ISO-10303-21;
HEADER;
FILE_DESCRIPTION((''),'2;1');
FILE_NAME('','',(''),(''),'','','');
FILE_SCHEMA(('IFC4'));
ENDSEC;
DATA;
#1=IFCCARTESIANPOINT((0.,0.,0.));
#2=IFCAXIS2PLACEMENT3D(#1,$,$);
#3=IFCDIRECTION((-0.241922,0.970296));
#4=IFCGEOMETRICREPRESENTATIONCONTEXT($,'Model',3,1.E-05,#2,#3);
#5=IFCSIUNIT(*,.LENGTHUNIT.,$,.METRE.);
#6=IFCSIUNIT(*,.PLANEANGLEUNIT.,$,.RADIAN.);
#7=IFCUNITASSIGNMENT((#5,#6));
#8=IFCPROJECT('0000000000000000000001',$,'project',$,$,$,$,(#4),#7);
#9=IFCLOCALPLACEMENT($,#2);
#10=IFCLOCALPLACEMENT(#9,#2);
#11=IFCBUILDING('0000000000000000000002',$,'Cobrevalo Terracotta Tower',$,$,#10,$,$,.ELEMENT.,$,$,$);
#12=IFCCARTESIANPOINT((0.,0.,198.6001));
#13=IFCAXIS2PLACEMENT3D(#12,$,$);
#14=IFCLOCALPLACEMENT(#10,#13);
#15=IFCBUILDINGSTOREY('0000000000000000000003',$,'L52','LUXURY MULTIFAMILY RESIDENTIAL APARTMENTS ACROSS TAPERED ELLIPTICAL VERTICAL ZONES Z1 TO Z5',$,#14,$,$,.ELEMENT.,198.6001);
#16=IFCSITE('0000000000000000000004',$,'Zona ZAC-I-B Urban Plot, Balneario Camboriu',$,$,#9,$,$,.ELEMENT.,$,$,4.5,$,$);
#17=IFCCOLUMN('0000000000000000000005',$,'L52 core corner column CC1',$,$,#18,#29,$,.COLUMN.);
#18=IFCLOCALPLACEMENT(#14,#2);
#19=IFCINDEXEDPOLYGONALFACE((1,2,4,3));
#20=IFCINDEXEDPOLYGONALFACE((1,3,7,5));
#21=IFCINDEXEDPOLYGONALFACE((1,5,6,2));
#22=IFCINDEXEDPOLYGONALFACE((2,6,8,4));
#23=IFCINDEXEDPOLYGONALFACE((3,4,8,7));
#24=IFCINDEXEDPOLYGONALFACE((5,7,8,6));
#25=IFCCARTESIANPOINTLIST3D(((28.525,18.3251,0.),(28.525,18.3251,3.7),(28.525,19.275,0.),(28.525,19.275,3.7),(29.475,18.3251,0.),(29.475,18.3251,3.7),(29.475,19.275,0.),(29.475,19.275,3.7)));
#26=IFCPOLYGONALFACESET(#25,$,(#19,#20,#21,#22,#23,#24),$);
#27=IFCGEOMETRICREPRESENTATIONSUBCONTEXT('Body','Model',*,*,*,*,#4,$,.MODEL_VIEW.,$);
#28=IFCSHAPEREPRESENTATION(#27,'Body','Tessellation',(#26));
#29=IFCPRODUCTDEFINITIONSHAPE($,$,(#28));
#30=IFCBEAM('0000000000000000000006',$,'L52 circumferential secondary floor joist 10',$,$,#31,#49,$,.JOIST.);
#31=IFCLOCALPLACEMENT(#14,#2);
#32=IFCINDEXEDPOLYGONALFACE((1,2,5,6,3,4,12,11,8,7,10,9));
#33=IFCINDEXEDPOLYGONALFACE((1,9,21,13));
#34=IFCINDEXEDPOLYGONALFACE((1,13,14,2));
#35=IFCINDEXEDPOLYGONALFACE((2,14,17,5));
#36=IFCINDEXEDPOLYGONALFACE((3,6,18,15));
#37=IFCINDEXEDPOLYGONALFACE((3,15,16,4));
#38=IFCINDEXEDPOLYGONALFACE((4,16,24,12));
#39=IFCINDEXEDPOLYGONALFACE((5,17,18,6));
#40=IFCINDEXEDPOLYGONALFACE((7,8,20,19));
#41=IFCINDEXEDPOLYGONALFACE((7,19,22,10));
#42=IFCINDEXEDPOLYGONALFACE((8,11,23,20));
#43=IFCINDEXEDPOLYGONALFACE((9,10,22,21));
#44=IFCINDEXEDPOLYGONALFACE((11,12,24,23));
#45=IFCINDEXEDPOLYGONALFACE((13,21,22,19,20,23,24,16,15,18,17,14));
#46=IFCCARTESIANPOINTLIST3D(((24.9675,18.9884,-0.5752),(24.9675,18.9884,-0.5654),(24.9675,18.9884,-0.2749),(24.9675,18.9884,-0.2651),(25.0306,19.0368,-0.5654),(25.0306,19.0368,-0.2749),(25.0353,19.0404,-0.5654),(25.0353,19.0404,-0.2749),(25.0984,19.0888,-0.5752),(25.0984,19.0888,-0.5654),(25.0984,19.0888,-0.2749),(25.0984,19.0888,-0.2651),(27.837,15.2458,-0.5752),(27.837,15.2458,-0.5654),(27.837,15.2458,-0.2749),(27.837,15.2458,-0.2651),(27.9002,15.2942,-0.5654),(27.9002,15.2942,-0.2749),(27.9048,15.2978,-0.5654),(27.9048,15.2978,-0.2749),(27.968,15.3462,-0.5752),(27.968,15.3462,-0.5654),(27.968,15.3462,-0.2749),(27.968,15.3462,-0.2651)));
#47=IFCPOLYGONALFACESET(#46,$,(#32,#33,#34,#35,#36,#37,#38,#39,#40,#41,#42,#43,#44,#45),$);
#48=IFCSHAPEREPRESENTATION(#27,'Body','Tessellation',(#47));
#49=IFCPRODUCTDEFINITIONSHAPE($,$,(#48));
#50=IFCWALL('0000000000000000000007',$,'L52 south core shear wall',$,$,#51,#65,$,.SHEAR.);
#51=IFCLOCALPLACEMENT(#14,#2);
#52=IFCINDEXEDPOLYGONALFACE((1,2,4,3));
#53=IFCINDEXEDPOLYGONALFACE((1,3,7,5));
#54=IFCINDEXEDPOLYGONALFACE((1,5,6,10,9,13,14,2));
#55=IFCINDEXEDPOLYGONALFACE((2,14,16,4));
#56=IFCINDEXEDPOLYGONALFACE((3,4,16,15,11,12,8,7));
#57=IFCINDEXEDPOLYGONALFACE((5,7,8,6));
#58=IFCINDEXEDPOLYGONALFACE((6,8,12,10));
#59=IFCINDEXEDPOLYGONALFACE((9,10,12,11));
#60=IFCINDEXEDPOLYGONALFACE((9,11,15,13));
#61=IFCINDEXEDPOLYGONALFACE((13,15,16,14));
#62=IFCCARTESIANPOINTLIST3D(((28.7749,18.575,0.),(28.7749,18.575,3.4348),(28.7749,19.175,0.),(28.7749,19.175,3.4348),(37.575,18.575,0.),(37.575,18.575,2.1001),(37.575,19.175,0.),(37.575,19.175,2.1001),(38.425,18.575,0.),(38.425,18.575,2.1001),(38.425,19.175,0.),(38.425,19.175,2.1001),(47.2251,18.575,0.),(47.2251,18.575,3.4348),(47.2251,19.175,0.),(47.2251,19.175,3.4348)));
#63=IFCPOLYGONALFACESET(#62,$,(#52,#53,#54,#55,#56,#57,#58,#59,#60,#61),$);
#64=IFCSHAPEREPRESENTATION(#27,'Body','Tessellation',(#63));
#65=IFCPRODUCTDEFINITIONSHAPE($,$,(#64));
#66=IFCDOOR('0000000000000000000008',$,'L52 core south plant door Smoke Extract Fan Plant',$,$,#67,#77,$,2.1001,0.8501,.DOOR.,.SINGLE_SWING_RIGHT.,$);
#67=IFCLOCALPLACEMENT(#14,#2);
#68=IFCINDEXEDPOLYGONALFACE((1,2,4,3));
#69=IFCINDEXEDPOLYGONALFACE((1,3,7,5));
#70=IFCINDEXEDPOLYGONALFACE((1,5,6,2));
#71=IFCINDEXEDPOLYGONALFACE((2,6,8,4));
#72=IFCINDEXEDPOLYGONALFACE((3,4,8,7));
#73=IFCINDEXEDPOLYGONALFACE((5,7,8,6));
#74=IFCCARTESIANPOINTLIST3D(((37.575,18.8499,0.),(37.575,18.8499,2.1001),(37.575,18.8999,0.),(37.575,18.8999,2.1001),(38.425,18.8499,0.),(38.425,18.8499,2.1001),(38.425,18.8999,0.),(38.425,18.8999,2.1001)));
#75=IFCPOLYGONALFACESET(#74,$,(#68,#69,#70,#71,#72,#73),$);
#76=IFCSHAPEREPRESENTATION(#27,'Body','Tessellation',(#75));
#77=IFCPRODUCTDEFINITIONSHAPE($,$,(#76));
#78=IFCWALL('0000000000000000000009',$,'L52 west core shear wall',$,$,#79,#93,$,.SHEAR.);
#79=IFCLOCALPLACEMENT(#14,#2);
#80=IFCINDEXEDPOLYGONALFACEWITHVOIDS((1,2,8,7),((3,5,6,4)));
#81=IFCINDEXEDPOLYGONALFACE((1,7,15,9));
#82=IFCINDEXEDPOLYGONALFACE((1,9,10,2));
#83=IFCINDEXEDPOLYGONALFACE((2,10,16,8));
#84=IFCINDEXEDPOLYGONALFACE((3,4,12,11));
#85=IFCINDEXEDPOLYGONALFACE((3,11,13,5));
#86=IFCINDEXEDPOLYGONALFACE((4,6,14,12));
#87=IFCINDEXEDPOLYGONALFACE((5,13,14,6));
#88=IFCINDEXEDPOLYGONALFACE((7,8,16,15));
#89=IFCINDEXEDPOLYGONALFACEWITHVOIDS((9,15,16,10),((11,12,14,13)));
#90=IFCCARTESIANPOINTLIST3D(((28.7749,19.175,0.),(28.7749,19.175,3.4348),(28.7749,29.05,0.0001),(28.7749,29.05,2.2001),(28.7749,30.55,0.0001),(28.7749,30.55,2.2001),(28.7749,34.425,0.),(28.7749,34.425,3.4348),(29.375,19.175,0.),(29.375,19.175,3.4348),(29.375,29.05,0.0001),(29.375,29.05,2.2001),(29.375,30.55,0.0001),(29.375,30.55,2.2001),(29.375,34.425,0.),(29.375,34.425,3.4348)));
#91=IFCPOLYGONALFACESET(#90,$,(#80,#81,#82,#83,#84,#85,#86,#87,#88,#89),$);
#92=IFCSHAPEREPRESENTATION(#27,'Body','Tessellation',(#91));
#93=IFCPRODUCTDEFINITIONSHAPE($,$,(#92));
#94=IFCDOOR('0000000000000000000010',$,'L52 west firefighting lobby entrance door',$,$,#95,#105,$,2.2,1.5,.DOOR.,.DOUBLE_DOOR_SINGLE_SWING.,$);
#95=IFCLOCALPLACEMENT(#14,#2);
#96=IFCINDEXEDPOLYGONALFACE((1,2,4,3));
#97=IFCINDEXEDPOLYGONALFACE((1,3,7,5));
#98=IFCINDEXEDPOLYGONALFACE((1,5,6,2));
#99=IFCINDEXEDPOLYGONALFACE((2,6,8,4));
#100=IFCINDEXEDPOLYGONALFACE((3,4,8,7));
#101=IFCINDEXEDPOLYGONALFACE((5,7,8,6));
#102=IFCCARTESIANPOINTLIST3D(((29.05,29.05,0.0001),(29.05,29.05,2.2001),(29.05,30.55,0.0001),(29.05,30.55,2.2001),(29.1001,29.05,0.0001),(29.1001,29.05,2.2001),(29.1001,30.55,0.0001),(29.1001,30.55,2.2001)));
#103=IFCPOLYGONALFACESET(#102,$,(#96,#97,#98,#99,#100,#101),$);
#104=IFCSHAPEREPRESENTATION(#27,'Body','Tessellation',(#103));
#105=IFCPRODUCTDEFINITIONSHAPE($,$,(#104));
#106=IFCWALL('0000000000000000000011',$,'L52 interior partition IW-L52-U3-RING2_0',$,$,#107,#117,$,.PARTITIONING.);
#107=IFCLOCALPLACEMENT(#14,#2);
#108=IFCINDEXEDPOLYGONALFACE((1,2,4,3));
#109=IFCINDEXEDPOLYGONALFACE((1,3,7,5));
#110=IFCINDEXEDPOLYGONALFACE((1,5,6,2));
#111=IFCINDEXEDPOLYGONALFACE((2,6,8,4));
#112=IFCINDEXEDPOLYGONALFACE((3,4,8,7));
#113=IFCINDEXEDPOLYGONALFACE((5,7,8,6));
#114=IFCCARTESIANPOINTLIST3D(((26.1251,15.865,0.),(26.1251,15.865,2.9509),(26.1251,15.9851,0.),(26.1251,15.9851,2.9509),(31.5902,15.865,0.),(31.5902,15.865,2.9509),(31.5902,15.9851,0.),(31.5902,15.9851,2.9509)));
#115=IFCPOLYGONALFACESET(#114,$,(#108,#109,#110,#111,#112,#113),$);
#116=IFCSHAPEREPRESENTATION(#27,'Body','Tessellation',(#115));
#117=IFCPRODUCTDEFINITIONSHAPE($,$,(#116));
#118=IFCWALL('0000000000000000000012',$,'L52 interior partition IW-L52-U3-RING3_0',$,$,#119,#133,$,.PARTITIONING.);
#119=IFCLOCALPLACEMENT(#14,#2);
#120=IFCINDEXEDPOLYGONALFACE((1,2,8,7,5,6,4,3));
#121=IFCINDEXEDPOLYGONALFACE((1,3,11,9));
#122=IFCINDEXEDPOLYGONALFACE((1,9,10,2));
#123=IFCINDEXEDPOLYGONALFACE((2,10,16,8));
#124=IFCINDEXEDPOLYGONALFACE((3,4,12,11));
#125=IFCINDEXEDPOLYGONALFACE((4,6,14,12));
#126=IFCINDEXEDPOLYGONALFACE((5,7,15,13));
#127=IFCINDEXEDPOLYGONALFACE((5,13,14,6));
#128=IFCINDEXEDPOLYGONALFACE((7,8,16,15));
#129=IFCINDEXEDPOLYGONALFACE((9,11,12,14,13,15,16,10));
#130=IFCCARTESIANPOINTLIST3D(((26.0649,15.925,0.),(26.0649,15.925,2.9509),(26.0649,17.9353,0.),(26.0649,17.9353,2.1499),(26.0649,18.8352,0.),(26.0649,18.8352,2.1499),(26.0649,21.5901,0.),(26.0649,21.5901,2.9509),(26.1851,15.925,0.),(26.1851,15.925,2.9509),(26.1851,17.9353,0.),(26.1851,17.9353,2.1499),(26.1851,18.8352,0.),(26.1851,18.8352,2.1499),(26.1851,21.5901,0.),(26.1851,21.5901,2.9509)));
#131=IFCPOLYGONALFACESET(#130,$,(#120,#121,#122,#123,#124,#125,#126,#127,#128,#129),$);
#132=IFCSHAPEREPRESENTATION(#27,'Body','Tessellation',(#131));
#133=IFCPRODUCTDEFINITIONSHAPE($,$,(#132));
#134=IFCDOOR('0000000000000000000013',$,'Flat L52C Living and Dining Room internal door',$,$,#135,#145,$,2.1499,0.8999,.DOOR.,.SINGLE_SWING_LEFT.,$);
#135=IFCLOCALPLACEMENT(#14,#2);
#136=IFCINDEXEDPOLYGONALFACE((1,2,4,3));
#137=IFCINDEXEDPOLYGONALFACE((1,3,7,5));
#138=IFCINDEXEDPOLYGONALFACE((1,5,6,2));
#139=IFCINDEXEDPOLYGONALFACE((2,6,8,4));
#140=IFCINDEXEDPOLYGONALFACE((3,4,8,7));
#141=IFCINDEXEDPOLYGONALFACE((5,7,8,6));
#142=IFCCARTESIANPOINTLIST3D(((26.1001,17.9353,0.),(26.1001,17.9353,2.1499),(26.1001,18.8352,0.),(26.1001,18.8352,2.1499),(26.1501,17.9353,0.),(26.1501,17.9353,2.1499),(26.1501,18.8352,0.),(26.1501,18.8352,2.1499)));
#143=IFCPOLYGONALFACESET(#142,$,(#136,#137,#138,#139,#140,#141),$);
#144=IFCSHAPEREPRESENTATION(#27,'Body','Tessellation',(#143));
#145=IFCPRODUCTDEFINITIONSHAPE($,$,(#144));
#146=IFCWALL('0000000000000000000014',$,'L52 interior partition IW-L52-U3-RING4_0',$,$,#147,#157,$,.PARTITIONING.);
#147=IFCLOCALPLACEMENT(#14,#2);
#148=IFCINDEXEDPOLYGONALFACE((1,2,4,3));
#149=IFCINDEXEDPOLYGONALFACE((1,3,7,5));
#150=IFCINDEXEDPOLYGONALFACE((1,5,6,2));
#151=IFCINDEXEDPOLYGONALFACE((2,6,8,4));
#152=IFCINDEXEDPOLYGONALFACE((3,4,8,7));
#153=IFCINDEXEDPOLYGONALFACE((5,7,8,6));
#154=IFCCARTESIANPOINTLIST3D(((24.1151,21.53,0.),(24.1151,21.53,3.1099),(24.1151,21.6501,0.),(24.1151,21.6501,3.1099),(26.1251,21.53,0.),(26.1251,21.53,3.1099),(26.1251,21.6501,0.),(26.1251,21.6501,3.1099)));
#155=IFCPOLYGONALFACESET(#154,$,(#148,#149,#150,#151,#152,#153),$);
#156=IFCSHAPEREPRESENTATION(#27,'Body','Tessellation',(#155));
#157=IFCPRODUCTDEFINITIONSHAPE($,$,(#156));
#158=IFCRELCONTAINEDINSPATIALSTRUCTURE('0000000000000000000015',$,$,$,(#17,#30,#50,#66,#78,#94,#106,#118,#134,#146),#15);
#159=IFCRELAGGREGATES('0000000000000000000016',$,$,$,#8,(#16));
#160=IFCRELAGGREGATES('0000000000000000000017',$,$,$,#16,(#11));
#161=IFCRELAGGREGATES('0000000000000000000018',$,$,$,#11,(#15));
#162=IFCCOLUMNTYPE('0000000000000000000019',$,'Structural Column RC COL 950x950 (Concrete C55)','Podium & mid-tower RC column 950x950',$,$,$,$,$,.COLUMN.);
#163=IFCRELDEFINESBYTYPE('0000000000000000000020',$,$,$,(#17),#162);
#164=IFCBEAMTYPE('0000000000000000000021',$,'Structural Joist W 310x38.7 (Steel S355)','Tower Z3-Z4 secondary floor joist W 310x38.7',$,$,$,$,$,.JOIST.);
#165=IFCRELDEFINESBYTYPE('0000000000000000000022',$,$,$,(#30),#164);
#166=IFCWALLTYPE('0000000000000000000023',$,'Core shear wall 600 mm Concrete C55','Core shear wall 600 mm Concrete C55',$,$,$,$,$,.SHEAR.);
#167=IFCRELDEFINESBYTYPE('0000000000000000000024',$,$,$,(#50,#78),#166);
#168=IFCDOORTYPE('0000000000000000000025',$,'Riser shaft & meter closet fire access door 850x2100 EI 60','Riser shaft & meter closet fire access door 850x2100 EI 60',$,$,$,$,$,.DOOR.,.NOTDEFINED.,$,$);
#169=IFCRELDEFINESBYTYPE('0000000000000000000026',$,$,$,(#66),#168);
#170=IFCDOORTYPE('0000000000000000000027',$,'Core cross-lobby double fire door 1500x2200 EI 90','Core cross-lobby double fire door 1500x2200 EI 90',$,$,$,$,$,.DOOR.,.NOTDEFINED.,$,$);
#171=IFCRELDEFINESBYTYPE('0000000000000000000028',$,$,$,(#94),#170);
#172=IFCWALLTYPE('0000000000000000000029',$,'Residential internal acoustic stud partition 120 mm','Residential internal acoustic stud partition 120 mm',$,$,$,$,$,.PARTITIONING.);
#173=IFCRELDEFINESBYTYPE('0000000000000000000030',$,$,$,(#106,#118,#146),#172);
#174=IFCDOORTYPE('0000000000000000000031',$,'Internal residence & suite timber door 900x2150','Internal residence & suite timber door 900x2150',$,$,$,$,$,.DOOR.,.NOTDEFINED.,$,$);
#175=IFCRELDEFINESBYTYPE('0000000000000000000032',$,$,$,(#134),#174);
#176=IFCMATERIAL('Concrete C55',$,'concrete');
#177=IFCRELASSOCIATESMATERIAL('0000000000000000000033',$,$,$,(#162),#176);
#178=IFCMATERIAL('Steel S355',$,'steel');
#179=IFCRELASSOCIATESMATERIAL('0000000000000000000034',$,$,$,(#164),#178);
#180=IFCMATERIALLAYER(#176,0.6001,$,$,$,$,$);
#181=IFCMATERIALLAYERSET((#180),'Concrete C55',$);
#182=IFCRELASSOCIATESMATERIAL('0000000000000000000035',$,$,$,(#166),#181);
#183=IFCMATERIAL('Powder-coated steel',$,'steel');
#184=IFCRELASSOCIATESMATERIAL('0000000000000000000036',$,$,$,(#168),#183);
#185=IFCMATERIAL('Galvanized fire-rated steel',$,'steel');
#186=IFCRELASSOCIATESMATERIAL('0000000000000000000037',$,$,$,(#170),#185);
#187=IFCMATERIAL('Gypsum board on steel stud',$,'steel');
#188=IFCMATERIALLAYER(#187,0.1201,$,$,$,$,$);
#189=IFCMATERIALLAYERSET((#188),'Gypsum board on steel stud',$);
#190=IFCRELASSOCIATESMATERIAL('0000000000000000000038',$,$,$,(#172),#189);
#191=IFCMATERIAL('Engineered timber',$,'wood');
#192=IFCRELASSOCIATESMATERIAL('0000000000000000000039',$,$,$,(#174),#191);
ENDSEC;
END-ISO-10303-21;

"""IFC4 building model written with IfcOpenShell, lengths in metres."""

from ifc_helpers import new_model, si_unit, direction, frame, frame_2d, origin, origin_2d, place, context, subcontext, project, spatial, rectangle, i_section, extrude, source, transform, mapped, material, layer, layer_set, material_profile, profile_set, type_object, element, fill, save


model = new_model("IFC4")

# Units and contexts
model_context = context("Model", 3, precision=1e-05, world=origin(), true_north=direction((-0.241922, 0.970296)))
body_context = subcontext(model_context, "Body", "Model", "MODEL_VIEW")
ifc_project = project(units=[si_unit("LENGTHUNIT", "METRE"), si_unit("PLANEANGLEUNIT", "RADIAN")], contexts=[model_context])

# Site, building, storey
site_placement = place(None, origin())
site = spatial("IfcSite", under=ifc_project, at=site_placement, Name="Zona ZAC-I-B Urban Plot, Balneario Camboriu", CompositionType="ELEMENT", RefElevation=4.5)
building_placement = place(site_placement, origin())
building = spatial("IfcBuilding", under=site, at=building_placement, Name="Cobrevalo Terracotta Tower", CompositionType="ELEMENT")
storey_placement = place(building_placement, frame((0.0, 0.0, 198.6001)))
storey = spatial("IfcBuildingStorey", under=building, at=storey_placement, Name="L52", Description="LUXURY MULTIFAMILY RESIDENTIAL APARTMENTS ACROSS TAPERED ELLIPTICAL VERTICAL ZONES Z1 TO Z5", CompositionType="ELEMENT", Elevation=198.6001)

# Column
ifc_material_1 = material(Name="Concrete C55", Category="concrete")
ifc_material_profile_1 = material_profile(ifc_material_1, rectangle(XDim=0.95, YDim=0.95, at=origin_2d()), Name="RC COL 950x950")
ifc_profile_set_1 = profile_set([ifc_material_profile_1], Name="Concrete C55")
column_type = type_object("IfcColumnType", Name="Structural Column RC COL 950x950 (Concrete C55)", Description="Podium & mid-tower RC column 950x950", PredefinedType="COLUMN", material=ifc_profile_set_1)
column_placement = place(storey_placement, frame((29.0, 18.8, 0.0), z_axis=(0.0, 0.0, 1.0), x_axis=(1.0, 0.0, 0.0)))
element("IfcColumn", 1, at=column_placement, inside=storey, type_object=column_type, Name="L52 core corner column CC1", PredefinedType="COLUMN", context=body_context, shape_type="SweptSolid", body=[
    extrude(rectangle(XDim=0.95, YDim=0.95, at=origin_2d()), origin(), (0.0, 0.0, 1.0), 3.7),
])

# Beam
ifc_material_2 = material(Name="Steel S355", Category="steel")
ifc_material_profile_2 = material_profile(ifc_material_2, i_section(OverallWidth=0.165, OverallDepth=0.3101, WebThickness=0.0059, FlangeThickness=0.0098, at=origin_2d()), Name="W 310x38.7")
ifc_profile_set_2 = profile_set([ifc_material_profile_2], Name="Steel S355")
beam_type = type_object("IfcBeamType", Name="Structural Joist W 310x38.7 (Steel S355)", Description="Tower Z3-Z4 secondary floor joist W 310x38.7", PredefinedType="JOIST", material=ifc_profile_set_2)
beam_placement = place(storey_placement, frame((25.033, 19.0386, -0.4202), z_axis=(0.608464, -0.793581, 0.0), x_axis=(0.793581, 0.608464, 0.0)))
element("IfcBeam", 2, at=beam_placement, inside=storey, type_object=beam_type, Name="L52 circumferential secondary floor joist 10", PredefinedType="JOIST", context=body_context, shape_type="SweptSolid", body=[
    extrude(i_section(OverallWidth=0.165, OverallDepth=0.3101, WebThickness=0.0059, FlangeThickness=0.0098, at=origin_2d()), origin(), (0.0, 0.0, 1.0), 4.7161),
])

# Walls, openings, doors
ifc_layer_1 = layer(ifc_material_1, 0.6001)
ifc_layer_set_1 = layer_set([ifc_layer_1], Name="Concrete C55")
wall_type_1 = type_object("IfcWallType", Name="Core shear wall 600 mm Concrete C55", Description="Core shear wall 600 mm Concrete C55", PredefinedType="SHEAR", material=ifc_layer_set_1)
wall_1_placement = place(storey_placement, frame((28.7749, 18.875, 0.0), z_axis=(0.0, 0.0, 1.0), x_axis=(1.0, 0.0, 0.0)))
wall_1 = element("IfcWall", 3, at=wall_1_placement, inside=storey, type_object=wall_type_1, Name="L52 south core shear wall", PredefinedType="SHEAR", context=body_context, shape_type="SweptSolid", body=[
    extrude(rectangle(XDim=18.4502, YDim=0.6001, at=frame_2d((9.2251, 0.0))), origin(), (0.0, 0.0, 1.0), 3.4348),
])
opening_1_placement = place(wall_1_placement, frame((8.8, 0.0, 0.0)))
opening_1 = element("IfcOpeningElement", 4, at=opening_1_placement, cuts=wall_1, PredefinedType="OPENING", context=body_context, shape_type="SweptSolid", body=[
    extrude(rectangle(XDim=0.8501, YDim=2.1001, at=frame_2d((0.425, 1.05))), frame((0.0, 0.3101, 0.0), z_axis=(0.0, -1.0, 0.0), x_axis=(1.0, 0.0, 0.0)), (0.0, 0.0, 1.0), 0.6201),
])
ifc_material_3 = material(Name="Powder-coated steel", Category="steel")
door_type_1 = type_object("IfcDoorType", Name="Riser shaft & meter closet fire access door 850x2100 EI 60", Description="Riser shaft & meter closet fire access door 850x2100 EI 60", OperationType="NOTDEFINED", PredefinedType="DOOR", material=ifc_material_3)
shared_shape_1 = source(origin(), body_context, "Body", "SweptSolid", [
    extrude(rectangle(XDim=0.8501, YDim=2.1001, at=frame_2d((0.425, 1.05))), frame((0.0, 0.0249, 0.0), z_axis=(0.0, -1.0, 0.0), x_axis=(1.0, 0.0, 0.0)), (0.0, 0.0, 1.0), 0.05),
])
door_1_placement = place(opening_1_placement, origin())
door_1 = element("IfcDoor", 5, at=door_1_placement, inside=storey, type_object=door_type_1, Name="L52 core south plant door Smoke Extract Fan Plant", OperationType="SINGLE_SWING_RIGHT", OverallHeight=2.1001, OverallWidth=0.8501, PredefinedType="DOOR", context=body_context, shape_type="MappedRepresentation", body=[
    mapped(shared_shape_1, transform((0.0, 0.0, 0.0), scale=1.0)),
])
fill(opening_1, door_1)
wall_2_placement = place(storey_placement, frame((29.075, 19.175, 0.0), z_axis=(0.0, 0.0, 1.0), x_axis=(0.0, 1.0, 0.0)))
wall_2 = element("IfcWall", 6, at=wall_2_placement, inside=storey, type_object=wall_type_1, Name="L52 west core shear wall", PredefinedType="SHEAR", context=body_context, shape_type="SweptSolid", body=[
    extrude(rectangle(XDim=15.25, YDim=0.6001, at=frame_2d((7.625, 0.0))), origin(), (0.0, 0.0, 1.0), 3.4348),
])
opening_2_placement = place(wall_2_placement, frame((9.875, 0.0, 0.0)))
opening_2 = element("IfcOpeningElement", 7, at=opening_2_placement, cuts=wall_2, PredefinedType="OPENING", context=body_context, shape_type="SweptSolid", body=[
    extrude(rectangle(XDim=1.5, YDim=2.2, at=frame_2d((0.75, 1.1001))), frame((0.0, 0.3101, 0.0), z_axis=(0.0, -1.0, 0.0), x_axis=(1.0, 0.0, 0.0)), (0.0, 0.0, 1.0), 0.6201),
])
ifc_material_4 = material(Name="Galvanized fire-rated steel", Category="steel")
door_type_2 = type_object("IfcDoorType", Name="Core cross-lobby double fire door 1500x2200 EI 90", Description="Core cross-lobby double fire door 1500x2200 EI 90", OperationType="NOTDEFINED", PredefinedType="DOOR", material=ifc_material_4)
shared_shape_2 = source(origin(), body_context, "Body", "SweptSolid", [
    extrude(rectangle(XDim=1.5, YDim=2.2, at=frame_2d((0.75, 1.1001))), frame((0.0, 0.0249, 0.0), z_axis=(0.0, -1.0, 0.0), x_axis=(1.0, 0.0, 0.0)), (0.0, 0.0, 1.0), 0.05),
])
door_2_placement = place(opening_2_placement, origin())
door_2 = element("IfcDoor", 8, at=door_2_placement, inside=storey, type_object=door_type_2, Name="L52 west firefighting lobby entrance door", OperationType="DOUBLE_DOOR_SINGLE_SWING", OverallHeight=2.2, OverallWidth=1.5, PredefinedType="DOOR", context=body_context, shape_type="MappedRepresentation", body=[
    mapped(shared_shape_2, transform((0.0, 0.0, 0.0), scale=1.0)),
])
fill(opening_2, door_2)

# Wall
ifc_material_5 = material(Name="Gypsum board on steel stud", Category="steel")
ifc_layer_2 = layer(ifc_material_5, 0.1201)
ifc_layer_set_2 = layer_set([ifc_layer_2], Name="Gypsum board on steel stud")
wall_type_2 = type_object("IfcWallType", Name="Residential internal acoustic stud partition 120 mm", Description="Residential internal acoustic stud partition 120 mm", PredefinedType="PARTITIONING", material=ifc_layer_set_2)
wall_3_placement = place(storey_placement, frame((31.5901, 15.925, 0.0), z_axis=(0.0, 0.0, 1.0), x_axis=(-1.0, 0.0, 0.0)))
element("IfcWall", 9, at=wall_3_placement, inside=storey, type_object=wall_type_2, Name="L52 interior partition IW-L52-U3-RING2_0", PredefinedType="PARTITIONING", context=body_context, shape_type="SweptSolid", body=[
    extrude(rectangle(XDim=5.4651, YDim=0.1201, at=frame_2d((2.7324, 0.0))), origin(), (0.0, 0.0, 1.0), 2.9509),
])

# Wall, opening, door
wall_4_placement = place(storey_placement, frame((26.125, 15.925, 0.0), z_axis=(0.0, 0.0, 1.0), x_axis=(0.0, 1.0, 0.0)))
wall_4 = element("IfcWall", 10, at=wall_4_placement, inside=storey, type_object=wall_type_2, Name="L52 interior partition IW-L52-U3-RING3_0", PredefinedType="PARTITIONING", context=body_context, shape_type="SweptSolid", body=[
    extrude(rectangle(XDim=5.665, YDim=0.1201, at=frame_2d((2.8325, 0.0))), origin(), (0.0, 0.0, 1.0), 2.9509),
])
opening_3_placement = place(wall_4_placement, frame((2.0103, 0.0, 0.0)))
opening_3 = element("IfcOpeningElement", 11, at=opening_3_placement, cuts=wall_4, PredefinedType="OPENING", context=body_context, shape_type="SweptSolid", body=[
    extrude(rectangle(XDim=0.8999, YDim=2.1499, at=frame_2d((0.45, 1.075))), frame((0.0, 0.0701, 0.0), z_axis=(0.0, -1.0, 0.0), x_axis=(1.0, 0.0, 0.0)), (0.0, 0.0, 1.0), 0.1401),
])
ifc_material_6 = material(Name="Engineered timber", Category="wood")
door_type_3 = type_object("IfcDoorType", Name="Internal residence & suite timber door 900x2150", Description="Internal residence & suite timber door 900x2150", OperationType="NOTDEFINED", PredefinedType="DOOR", material=ifc_material_6)
shared_shape_3 = source(origin(), body_context, "Body", "SweptSolid", [
    extrude(rectangle(XDim=0.8999, YDim=2.1499, at=frame_2d((0.45, 1.075))), frame((0.0, 0.0249, 0.0), z_axis=(0.0, -1.0, 0.0), x_axis=(1.0, 0.0, 0.0)), (0.0, 0.0, 1.0), 0.05),
])
door_3_placement = place(opening_3_placement, origin())
door_3 = element("IfcDoor", 12, at=door_3_placement, inside=storey, type_object=door_type_3, Name="Flat L52C Living and Dining Room internal door", OperationType="SINGLE_SWING_LEFT", OverallHeight=2.1499, OverallWidth=0.8999, PredefinedType="DOOR", context=body_context, shape_type="MappedRepresentation", body=[
    mapped(shared_shape_3, transform((0.0, 0.0, 0.0), scale=1.0)),
])
fill(opening_3, door_3)

# Wall
wall_5_placement = place(storey_placement, frame((26.125, 21.5901, 0.0), z_axis=(0.0, 0.0, 1.0), x_axis=(-1.0, 0.0, 0.0)))
element("IfcWall", 13, at=wall_5_placement, inside=storey, type_object=wall_type_2, Name="L52 interior partition IW-L52-U3-RING4_0", PredefinedType="PARTITIONING", context=body_context, shape_type="SweptSolid", body=[
    extrude(rectangle(XDim=2.01, YDim=0.1201, at=frame_2d((1.0049, 0.0))), origin(), (0.0, 0.0, 1.0), 3.1099),
])

save(model, "model.ifc")
